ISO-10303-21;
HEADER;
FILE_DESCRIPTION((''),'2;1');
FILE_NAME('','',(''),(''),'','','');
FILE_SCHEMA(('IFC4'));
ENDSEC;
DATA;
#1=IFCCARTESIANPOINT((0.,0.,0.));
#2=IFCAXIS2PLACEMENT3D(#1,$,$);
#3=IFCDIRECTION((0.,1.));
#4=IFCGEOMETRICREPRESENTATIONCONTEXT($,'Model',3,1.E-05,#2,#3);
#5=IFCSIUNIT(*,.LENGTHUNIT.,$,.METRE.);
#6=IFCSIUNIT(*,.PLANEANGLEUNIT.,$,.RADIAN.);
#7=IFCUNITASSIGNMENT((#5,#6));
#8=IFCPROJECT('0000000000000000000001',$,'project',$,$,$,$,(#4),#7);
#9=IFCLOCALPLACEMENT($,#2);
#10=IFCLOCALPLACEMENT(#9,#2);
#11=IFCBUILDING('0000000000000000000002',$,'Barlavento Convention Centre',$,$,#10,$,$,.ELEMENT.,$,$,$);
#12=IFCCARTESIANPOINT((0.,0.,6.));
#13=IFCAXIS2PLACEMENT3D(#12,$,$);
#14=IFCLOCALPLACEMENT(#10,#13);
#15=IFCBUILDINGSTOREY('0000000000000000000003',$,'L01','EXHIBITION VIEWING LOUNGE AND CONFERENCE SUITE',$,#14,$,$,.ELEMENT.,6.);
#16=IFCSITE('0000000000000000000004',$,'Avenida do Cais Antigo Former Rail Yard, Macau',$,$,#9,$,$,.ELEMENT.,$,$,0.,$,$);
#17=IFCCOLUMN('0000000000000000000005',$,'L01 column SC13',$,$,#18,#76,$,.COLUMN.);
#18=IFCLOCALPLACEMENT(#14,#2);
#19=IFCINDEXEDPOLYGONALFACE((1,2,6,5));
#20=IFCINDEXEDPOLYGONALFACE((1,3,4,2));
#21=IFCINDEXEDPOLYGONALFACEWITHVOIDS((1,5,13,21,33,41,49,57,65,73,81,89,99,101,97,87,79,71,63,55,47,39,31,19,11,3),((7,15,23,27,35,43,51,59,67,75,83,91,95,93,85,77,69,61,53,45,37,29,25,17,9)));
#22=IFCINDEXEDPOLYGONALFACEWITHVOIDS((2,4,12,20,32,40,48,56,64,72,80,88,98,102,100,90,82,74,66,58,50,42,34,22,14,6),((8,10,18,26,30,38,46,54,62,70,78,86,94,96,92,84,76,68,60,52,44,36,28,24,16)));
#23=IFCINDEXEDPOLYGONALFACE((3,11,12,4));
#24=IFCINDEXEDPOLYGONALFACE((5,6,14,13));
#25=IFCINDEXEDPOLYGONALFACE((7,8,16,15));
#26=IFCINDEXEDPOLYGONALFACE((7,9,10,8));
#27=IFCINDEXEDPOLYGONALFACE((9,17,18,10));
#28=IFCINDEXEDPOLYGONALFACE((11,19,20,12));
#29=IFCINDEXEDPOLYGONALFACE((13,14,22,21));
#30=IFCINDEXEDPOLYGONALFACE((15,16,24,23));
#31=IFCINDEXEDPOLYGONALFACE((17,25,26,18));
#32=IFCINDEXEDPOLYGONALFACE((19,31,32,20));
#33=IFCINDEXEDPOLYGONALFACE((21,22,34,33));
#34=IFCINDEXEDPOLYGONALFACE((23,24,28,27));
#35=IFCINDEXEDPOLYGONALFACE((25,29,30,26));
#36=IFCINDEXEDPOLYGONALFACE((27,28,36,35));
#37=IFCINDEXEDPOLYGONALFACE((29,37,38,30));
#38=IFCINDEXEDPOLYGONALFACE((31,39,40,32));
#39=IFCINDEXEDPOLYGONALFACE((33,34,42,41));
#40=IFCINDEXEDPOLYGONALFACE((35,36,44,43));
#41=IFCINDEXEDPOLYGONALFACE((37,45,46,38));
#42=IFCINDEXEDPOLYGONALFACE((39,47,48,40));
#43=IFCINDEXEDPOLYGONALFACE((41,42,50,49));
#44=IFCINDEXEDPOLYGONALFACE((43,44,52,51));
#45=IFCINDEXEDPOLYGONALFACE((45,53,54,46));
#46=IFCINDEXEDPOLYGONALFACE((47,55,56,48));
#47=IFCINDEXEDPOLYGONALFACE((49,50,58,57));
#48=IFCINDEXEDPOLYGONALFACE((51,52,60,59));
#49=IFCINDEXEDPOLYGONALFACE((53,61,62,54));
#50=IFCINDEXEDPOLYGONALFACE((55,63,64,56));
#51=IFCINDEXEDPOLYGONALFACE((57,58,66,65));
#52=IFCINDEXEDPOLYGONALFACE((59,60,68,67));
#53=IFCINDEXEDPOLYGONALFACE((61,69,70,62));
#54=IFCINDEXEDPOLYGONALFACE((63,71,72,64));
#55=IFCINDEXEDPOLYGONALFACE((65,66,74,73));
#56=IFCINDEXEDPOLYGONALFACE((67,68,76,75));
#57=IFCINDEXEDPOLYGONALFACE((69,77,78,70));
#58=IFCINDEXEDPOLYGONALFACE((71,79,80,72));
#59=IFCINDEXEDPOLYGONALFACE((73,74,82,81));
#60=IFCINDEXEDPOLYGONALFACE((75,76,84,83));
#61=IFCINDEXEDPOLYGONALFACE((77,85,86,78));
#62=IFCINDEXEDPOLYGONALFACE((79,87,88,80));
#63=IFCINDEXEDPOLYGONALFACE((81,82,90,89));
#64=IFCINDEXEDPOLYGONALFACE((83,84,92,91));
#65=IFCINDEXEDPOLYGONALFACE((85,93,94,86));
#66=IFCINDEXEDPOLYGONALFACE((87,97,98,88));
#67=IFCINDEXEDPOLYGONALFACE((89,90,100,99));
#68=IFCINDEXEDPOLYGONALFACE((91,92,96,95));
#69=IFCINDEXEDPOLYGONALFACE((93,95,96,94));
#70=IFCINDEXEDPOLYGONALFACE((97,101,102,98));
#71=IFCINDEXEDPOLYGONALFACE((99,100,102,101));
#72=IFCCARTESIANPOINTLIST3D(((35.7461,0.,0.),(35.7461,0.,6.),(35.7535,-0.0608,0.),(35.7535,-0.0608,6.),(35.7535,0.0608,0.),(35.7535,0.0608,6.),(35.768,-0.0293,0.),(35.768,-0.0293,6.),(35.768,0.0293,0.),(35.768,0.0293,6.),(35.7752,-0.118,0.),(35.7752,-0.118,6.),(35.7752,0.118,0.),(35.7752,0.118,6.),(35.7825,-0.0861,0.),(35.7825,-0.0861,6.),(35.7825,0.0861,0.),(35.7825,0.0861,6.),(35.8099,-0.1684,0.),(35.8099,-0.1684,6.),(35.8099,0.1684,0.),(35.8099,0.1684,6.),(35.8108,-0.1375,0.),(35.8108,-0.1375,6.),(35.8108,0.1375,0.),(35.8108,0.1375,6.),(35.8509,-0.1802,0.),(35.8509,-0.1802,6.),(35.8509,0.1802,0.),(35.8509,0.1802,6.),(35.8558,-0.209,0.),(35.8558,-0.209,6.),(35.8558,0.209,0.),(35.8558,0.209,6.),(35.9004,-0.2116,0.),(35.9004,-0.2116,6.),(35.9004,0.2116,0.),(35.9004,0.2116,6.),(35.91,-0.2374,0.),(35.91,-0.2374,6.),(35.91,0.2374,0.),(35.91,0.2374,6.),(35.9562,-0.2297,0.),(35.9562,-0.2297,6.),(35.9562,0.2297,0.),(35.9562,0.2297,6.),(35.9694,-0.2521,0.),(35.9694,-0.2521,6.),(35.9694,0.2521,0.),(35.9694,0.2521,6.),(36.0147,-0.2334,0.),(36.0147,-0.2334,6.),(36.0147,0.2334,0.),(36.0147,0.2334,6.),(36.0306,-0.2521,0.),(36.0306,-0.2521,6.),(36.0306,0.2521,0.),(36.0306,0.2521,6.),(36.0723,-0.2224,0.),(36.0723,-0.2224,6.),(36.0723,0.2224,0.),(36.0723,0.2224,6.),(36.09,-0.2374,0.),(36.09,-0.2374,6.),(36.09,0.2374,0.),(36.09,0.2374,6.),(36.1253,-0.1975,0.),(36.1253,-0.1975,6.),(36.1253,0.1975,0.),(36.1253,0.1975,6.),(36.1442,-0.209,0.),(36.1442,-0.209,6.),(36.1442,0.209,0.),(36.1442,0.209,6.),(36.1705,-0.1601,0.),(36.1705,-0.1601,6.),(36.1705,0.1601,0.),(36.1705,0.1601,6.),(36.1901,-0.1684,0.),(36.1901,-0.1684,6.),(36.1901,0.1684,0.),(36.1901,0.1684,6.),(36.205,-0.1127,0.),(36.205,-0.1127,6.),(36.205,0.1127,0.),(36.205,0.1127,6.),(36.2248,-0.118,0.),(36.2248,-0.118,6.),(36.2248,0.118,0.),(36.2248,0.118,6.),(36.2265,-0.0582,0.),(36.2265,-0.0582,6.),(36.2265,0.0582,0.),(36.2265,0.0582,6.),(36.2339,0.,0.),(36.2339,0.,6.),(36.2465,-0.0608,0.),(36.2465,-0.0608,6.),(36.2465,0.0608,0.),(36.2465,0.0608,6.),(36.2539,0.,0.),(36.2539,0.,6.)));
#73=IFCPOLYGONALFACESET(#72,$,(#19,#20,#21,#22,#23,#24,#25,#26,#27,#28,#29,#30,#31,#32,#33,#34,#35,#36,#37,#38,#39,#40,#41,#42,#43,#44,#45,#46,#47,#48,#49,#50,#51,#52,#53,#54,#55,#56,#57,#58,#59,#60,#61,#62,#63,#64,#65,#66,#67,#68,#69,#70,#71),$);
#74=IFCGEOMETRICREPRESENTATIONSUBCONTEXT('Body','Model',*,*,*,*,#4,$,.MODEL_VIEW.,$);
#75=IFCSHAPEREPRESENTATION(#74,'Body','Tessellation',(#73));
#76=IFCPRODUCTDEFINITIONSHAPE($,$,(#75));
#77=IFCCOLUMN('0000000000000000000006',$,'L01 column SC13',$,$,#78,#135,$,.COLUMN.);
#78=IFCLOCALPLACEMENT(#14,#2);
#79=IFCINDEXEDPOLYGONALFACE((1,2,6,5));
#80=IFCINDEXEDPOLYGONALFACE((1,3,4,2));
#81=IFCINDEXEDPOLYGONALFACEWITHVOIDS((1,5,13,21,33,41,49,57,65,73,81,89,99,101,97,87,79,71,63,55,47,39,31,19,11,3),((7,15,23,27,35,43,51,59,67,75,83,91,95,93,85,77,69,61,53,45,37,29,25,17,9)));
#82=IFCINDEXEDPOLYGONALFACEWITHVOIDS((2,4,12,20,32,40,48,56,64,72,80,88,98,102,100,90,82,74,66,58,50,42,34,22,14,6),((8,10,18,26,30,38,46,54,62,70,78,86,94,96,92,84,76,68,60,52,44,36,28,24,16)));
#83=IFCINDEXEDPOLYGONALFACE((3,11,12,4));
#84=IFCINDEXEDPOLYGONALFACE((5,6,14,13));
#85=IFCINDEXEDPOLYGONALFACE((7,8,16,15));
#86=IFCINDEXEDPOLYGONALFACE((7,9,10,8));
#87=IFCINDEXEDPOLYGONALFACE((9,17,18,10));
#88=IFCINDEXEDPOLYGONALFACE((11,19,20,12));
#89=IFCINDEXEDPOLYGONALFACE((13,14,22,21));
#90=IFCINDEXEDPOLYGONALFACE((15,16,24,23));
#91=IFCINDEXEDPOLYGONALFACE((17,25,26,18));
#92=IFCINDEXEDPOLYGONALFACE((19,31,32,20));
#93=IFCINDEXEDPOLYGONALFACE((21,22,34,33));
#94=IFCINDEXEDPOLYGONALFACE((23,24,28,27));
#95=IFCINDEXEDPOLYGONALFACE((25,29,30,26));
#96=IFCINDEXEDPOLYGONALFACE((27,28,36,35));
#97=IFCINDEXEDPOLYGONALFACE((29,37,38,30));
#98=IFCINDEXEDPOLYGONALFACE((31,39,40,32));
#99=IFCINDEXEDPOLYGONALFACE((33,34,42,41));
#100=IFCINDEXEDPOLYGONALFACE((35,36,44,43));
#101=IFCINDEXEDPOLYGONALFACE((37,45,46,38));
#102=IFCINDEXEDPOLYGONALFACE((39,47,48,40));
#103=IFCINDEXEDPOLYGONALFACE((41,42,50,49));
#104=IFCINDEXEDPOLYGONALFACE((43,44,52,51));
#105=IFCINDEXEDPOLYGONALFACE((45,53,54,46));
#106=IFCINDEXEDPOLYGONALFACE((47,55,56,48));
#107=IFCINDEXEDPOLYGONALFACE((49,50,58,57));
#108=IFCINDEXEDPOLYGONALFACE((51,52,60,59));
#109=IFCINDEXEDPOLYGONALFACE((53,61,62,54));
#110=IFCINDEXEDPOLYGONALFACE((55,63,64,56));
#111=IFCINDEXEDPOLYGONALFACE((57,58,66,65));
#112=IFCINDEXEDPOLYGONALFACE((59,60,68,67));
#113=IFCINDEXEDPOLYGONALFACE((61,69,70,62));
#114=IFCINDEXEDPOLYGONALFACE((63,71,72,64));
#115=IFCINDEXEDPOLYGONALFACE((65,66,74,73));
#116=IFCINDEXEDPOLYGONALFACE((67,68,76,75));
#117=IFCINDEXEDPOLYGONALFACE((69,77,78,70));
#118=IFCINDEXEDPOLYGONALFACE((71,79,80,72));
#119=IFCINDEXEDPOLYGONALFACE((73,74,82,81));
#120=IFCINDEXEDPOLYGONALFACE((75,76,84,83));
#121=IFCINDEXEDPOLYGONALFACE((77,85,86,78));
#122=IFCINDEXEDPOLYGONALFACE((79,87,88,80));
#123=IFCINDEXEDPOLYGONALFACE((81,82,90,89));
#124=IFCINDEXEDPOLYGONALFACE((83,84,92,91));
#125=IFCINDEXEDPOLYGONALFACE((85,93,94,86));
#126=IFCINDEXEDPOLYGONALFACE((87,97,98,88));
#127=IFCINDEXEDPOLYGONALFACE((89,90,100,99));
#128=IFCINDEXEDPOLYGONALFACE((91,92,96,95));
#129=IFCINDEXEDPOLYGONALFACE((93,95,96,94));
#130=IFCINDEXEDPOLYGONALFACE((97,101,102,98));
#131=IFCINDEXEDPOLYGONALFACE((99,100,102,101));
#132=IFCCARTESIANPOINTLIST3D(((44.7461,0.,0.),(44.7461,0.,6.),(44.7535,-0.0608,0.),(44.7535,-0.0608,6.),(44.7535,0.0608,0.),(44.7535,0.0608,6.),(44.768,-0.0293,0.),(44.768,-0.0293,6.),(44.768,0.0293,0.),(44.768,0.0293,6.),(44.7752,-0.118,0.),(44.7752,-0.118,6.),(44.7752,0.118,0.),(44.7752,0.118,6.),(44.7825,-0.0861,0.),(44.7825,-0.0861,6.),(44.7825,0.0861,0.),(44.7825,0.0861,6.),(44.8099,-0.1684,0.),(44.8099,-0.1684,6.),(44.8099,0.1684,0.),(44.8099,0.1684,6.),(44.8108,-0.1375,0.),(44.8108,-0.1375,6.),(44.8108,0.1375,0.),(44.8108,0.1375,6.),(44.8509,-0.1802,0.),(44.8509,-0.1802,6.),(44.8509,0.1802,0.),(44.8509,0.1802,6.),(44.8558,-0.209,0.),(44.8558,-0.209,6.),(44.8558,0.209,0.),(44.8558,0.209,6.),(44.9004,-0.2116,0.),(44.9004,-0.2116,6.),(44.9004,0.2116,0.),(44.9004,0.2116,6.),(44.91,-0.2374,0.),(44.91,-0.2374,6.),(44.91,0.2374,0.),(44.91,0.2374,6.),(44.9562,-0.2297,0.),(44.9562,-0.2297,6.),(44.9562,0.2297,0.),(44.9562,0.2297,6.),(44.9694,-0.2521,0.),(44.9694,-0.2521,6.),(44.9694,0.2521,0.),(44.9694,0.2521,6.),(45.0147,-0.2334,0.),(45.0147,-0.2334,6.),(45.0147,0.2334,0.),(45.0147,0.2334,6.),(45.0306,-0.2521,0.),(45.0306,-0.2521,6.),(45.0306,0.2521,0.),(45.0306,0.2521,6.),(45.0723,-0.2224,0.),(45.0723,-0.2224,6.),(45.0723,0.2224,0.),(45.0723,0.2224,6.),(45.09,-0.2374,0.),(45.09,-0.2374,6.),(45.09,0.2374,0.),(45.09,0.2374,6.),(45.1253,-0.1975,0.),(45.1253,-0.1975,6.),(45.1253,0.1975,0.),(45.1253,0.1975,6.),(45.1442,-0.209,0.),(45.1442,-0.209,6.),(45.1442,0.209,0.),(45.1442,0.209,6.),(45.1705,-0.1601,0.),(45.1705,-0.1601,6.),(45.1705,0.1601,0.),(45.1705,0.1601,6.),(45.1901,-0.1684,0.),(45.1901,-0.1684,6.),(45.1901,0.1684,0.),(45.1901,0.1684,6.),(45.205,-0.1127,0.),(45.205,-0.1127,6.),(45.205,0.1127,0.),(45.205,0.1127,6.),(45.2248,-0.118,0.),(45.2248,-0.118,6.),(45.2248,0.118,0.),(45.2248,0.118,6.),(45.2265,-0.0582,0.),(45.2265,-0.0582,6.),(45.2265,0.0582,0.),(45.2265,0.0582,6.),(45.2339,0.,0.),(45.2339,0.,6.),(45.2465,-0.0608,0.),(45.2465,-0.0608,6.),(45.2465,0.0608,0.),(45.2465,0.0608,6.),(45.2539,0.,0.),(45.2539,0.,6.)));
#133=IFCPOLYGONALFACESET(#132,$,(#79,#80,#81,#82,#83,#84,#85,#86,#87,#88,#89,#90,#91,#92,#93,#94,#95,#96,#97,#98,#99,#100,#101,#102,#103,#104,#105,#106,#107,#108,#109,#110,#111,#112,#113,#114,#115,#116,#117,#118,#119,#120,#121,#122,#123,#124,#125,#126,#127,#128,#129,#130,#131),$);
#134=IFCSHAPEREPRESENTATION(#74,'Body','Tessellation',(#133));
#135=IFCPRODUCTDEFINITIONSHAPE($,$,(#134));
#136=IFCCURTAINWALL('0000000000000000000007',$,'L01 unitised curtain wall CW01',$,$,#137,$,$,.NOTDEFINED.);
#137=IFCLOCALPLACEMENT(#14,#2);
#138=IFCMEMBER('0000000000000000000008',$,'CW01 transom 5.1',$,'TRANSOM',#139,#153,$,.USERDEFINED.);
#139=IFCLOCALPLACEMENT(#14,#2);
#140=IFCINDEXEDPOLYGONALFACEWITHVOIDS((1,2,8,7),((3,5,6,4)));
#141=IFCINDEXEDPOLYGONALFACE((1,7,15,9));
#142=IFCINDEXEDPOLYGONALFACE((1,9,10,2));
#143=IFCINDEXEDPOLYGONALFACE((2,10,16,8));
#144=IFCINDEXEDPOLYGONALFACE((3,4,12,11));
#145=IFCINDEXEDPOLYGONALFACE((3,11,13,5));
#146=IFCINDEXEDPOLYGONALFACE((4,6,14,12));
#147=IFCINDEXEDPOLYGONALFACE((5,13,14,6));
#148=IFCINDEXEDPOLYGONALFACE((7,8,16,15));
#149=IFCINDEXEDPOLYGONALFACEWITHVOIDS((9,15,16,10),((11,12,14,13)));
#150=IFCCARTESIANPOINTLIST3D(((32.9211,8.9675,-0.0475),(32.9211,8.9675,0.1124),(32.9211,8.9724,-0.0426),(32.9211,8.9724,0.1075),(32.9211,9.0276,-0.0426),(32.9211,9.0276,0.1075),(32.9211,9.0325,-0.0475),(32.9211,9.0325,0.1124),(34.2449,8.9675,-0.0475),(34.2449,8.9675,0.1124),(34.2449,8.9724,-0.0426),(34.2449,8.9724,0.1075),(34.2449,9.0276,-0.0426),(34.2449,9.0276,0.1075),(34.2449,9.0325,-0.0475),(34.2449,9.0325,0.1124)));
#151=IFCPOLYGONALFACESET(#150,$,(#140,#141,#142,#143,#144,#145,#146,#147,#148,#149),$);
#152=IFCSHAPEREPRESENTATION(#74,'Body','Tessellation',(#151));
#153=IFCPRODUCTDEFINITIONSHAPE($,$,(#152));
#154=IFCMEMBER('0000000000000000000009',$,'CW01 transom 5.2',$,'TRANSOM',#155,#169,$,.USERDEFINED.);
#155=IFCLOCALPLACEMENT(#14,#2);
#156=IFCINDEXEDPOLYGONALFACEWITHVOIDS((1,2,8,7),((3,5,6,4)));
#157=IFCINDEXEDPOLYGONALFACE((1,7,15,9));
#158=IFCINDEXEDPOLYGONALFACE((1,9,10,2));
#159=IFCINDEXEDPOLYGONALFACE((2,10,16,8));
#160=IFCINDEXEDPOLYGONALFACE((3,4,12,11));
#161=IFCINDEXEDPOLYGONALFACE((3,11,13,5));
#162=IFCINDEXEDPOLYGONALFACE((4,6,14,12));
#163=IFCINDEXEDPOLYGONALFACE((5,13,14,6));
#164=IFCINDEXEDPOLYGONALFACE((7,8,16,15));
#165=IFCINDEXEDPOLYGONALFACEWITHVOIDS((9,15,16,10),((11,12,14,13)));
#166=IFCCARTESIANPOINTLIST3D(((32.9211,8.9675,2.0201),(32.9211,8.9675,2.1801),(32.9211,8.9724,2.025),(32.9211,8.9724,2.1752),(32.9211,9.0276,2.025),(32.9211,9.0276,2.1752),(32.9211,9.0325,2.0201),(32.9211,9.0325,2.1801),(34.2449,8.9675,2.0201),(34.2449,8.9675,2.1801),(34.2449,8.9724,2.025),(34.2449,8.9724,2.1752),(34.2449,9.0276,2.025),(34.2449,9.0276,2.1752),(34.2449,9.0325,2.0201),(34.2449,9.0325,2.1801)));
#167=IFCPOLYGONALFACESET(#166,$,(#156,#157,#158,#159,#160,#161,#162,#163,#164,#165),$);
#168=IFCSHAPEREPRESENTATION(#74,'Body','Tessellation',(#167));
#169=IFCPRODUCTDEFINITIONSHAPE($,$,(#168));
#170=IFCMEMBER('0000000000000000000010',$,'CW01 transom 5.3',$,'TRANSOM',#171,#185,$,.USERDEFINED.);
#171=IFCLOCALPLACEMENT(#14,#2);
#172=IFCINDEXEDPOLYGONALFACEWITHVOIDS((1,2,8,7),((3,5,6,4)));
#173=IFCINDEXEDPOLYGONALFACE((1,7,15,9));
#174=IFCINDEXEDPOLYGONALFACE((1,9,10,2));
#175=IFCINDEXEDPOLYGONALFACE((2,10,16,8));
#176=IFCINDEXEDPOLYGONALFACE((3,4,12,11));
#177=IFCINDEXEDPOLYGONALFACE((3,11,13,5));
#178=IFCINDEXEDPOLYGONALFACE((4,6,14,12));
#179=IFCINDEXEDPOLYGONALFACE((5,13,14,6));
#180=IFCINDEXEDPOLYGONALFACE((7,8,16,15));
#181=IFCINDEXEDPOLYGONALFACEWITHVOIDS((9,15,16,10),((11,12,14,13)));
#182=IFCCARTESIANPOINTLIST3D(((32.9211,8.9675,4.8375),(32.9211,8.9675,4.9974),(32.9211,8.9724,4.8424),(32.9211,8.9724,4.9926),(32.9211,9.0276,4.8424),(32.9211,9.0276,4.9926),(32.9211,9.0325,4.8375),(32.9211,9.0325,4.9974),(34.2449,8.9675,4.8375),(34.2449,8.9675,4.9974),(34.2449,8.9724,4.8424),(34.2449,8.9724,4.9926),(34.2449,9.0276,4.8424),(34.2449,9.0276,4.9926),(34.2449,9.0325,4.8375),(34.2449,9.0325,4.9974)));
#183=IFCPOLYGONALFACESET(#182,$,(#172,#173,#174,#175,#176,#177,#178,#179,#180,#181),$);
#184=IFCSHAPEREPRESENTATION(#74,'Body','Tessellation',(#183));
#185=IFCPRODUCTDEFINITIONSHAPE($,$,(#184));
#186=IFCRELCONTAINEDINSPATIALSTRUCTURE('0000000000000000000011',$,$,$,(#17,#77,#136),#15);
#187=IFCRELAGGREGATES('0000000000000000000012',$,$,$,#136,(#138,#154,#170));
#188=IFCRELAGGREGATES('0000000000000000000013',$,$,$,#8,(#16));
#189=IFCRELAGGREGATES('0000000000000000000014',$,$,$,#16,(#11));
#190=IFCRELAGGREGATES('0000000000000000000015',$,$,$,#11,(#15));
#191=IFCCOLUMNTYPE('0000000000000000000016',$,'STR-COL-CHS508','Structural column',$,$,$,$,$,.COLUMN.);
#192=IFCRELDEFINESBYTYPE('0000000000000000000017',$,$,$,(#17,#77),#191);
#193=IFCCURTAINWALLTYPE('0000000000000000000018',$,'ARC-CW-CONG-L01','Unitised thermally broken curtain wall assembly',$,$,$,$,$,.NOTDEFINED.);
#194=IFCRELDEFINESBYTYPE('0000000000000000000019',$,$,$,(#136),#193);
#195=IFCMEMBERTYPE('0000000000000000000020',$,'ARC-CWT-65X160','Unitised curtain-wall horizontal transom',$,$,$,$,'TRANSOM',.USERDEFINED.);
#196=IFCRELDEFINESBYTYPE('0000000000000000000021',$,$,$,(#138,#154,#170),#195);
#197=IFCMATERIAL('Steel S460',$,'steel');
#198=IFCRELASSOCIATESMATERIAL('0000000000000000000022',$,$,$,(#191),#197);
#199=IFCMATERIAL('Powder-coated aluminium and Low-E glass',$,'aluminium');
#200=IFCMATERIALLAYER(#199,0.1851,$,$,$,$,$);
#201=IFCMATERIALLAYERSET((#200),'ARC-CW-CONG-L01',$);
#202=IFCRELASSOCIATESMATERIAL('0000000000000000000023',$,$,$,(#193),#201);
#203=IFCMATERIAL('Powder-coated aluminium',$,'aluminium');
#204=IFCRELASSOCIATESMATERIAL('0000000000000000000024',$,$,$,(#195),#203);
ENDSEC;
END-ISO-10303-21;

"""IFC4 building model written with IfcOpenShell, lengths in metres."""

from ifc_helpers import new_model, si_unit, direction, frame, origin, origin_2d, place, context, subcontext, project, spatial, hollow_rectangle, hollow_circle, extrude, material, layer, layer_set, material_profile, profile_set, type_object, element, aggregate, save


model = new_model("IFC4")

# Units and contexts
model_context = context("Model", 3, precision=1e-05, world=origin(), true_north=direction((0.0, 1.0)))
body_context = subcontext(model_context, "Body", "Model", "MODEL_VIEW")
ifc_project = project(units=[si_unit("LENGTHUNIT", "METRE"), si_unit("PLANEANGLEUNIT", "RADIAN")], contexts=[model_context])

# Site, building, storey
site_placement = place(None, origin())
site = spatial("IfcSite", under=ifc_project, at=site_placement, Name="Avenida do Cais Antigo Former Rail Yard, Macau", CompositionType="ELEMENT", RefElevation=0.0)
building_placement = place(site_placement, origin())
building = spatial("IfcBuilding", under=site, at=building_placement, Name="Barlavento Convention Centre", CompositionType="ELEMENT")
storey_placement = place(building_placement, frame((0.0, 0.0, 6.0)))
storey = spatial("IfcBuildingStorey", under=building, at=storey_placement, Name="L01", Description="EXHIBITION VIEWING LOUNGE AND CONFERENCE SUITE", CompositionType="ELEMENT", Elevation=6.0)

# Columns
ifc_material_1 = material(Name="Steel S460", Category="steel")
ifc_material_profile_1 = material_profile(ifc_material_1, hollow_circle(Radius=0.2539, WallThickness=0.02, at=origin_2d()), Name="CHS 508.0x20.0")
ifc_profile_set_1 = profile_set([ifc_material_profile_1], Name="Steel S460")
column_type = type_object("IfcColumnType", Name="STR-COL-CHS508", Description="Structural column", PredefinedType="COLUMN", material=ifc_profile_set_1)
for number, where, z_axis, x_axis, name in (
    (1, (36.0, 0.0, 0.0), (0.0, 0.0, 1.0), (1.0, 0.0, 0.0), "L01 column SC13"),
    (2, (45.0, 0.0, 0.0), (0.0, 0.0, 1.0), (1.0, 0.0, 0.0), "L01 column SC13"),
):
    element("IfcColumn", number, at=place(storey_placement, frame(where, z_axis=z_axis, x_axis=x_axis)), inside=storey, type_object=column_type, Name=name, PredefinedType="COLUMN", context=body_context, shape_type="SweptSolid", body=[
        extrude(hollow_circle(Radius=0.2539, WallThickness=0.02, at=origin_2d()), origin(), (0.0, 0.0, 1.0), 6.0),
    ])

# Curtain wall, members
ifc_material_2 = material(Name="Powder-coated aluminium and Low-E glass", Category="aluminium")
ifc_layer_1 = layer(ifc_material_2, 0.1851)
ifc_layer_set_1 = layer_set([ifc_layer_1], Name="ARC-CW-CONG-L01")
curtain_wall_type = type_object("IfcCurtainWallType", Name="ARC-CW-CONG-L01", Description="Unitised thermally broken curtain wall assembly", PredefinedType="NOTDEFINED", material=ifc_layer_set_1)
curtain_wall_placement = place(storey_placement, origin())
curtain_wall = element("IfcCurtainWall", 3, at=curtain_wall_placement, inside=storey, type_object=curtain_wall_type, Name="L01 unitised curtain wall CW01", PredefinedType="NOTDEFINED")
ifc_material_3 = material(Name="Powder-coated aluminium", Category="aluminium")
ifc_material_profile_2 = material_profile(ifc_material_3, hollow_rectangle(XDim=0.0649, YDim=0.1599, WallThickness=0.0049, at=origin_2d()), Name="AL-TRAN 65x160x5")
ifc_profile_set_2 = profile_set([ifc_material_profile_2], Name="Powder-coated aluminium")
member_type = type_object("IfcMemberType", Name="ARC-CWT-65X160", Description="Unitised curtain-wall horizontal transom", ElementType="TRANSOM", PredefinedType="USERDEFINED", material=ifc_profile_set_2)
member_1_placement = place(storey_placement, frame((32.9211, 9.0, 0.0325), z_axis=(1.0, 0.0, 0.0), x_axis=(0.0, 1.0, 0.0)))
member_1 = element("IfcMember", 4, at=member_1_placement, type_object=member_type, Name="CW01 transom 5.1", ObjectType="TRANSOM", PredefinedType="USERDEFINED", context=body_context, shape_type="SweptSolid", body=[
    extrude(hollow_rectangle(XDim=0.0649, YDim=0.1599, WallThickness=0.0049, at=origin_2d()), origin(), (0.0, 0.0, 1.0), 1.3237),
])
member_2_placement = place(storey_placement, frame((32.9211, 9.0, 2.1001), z_axis=(1.0, 0.0, 0.0), x_axis=(0.0, 1.0, 0.0)))
member_2 = element("IfcMember", 5, at=member_2_placement, type_object=member_type, Name="CW01 transom 5.2", ObjectType="TRANSOM", PredefinedType="USERDEFINED", context=body_context, shape_type="SweptSolid", body=[
    extrude(hollow_rectangle(XDim=0.0649, YDim=0.1599, WallThickness=0.0049, at=origin_2d()), origin(), (0.0, 0.0, 1.0), 1.3237),
])
member_3_placement = place(storey_placement, frame((32.9211, 9.0, 4.9175), z_axis=(1.0, 0.0, 0.0), x_axis=(0.0, 1.0, 0.0)))
member_3 = element("IfcMember", 6, at=member_3_placement, type_object=member_type, Name="CW01 transom 5.3", ObjectType="TRANSOM", PredefinedType="USERDEFINED", context=body_context, shape_type="SweptSolid", body=[
    extrude(hollow_rectangle(XDim=0.0649, YDim=0.1599, WallThickness=0.0049, at=origin_2d()), origin(), (0.0, 0.0, 1.0), 1.3237),
])

aggregate(curtain_wall, [member_1, member_2, member_3])

save(model, "model.ifc")
